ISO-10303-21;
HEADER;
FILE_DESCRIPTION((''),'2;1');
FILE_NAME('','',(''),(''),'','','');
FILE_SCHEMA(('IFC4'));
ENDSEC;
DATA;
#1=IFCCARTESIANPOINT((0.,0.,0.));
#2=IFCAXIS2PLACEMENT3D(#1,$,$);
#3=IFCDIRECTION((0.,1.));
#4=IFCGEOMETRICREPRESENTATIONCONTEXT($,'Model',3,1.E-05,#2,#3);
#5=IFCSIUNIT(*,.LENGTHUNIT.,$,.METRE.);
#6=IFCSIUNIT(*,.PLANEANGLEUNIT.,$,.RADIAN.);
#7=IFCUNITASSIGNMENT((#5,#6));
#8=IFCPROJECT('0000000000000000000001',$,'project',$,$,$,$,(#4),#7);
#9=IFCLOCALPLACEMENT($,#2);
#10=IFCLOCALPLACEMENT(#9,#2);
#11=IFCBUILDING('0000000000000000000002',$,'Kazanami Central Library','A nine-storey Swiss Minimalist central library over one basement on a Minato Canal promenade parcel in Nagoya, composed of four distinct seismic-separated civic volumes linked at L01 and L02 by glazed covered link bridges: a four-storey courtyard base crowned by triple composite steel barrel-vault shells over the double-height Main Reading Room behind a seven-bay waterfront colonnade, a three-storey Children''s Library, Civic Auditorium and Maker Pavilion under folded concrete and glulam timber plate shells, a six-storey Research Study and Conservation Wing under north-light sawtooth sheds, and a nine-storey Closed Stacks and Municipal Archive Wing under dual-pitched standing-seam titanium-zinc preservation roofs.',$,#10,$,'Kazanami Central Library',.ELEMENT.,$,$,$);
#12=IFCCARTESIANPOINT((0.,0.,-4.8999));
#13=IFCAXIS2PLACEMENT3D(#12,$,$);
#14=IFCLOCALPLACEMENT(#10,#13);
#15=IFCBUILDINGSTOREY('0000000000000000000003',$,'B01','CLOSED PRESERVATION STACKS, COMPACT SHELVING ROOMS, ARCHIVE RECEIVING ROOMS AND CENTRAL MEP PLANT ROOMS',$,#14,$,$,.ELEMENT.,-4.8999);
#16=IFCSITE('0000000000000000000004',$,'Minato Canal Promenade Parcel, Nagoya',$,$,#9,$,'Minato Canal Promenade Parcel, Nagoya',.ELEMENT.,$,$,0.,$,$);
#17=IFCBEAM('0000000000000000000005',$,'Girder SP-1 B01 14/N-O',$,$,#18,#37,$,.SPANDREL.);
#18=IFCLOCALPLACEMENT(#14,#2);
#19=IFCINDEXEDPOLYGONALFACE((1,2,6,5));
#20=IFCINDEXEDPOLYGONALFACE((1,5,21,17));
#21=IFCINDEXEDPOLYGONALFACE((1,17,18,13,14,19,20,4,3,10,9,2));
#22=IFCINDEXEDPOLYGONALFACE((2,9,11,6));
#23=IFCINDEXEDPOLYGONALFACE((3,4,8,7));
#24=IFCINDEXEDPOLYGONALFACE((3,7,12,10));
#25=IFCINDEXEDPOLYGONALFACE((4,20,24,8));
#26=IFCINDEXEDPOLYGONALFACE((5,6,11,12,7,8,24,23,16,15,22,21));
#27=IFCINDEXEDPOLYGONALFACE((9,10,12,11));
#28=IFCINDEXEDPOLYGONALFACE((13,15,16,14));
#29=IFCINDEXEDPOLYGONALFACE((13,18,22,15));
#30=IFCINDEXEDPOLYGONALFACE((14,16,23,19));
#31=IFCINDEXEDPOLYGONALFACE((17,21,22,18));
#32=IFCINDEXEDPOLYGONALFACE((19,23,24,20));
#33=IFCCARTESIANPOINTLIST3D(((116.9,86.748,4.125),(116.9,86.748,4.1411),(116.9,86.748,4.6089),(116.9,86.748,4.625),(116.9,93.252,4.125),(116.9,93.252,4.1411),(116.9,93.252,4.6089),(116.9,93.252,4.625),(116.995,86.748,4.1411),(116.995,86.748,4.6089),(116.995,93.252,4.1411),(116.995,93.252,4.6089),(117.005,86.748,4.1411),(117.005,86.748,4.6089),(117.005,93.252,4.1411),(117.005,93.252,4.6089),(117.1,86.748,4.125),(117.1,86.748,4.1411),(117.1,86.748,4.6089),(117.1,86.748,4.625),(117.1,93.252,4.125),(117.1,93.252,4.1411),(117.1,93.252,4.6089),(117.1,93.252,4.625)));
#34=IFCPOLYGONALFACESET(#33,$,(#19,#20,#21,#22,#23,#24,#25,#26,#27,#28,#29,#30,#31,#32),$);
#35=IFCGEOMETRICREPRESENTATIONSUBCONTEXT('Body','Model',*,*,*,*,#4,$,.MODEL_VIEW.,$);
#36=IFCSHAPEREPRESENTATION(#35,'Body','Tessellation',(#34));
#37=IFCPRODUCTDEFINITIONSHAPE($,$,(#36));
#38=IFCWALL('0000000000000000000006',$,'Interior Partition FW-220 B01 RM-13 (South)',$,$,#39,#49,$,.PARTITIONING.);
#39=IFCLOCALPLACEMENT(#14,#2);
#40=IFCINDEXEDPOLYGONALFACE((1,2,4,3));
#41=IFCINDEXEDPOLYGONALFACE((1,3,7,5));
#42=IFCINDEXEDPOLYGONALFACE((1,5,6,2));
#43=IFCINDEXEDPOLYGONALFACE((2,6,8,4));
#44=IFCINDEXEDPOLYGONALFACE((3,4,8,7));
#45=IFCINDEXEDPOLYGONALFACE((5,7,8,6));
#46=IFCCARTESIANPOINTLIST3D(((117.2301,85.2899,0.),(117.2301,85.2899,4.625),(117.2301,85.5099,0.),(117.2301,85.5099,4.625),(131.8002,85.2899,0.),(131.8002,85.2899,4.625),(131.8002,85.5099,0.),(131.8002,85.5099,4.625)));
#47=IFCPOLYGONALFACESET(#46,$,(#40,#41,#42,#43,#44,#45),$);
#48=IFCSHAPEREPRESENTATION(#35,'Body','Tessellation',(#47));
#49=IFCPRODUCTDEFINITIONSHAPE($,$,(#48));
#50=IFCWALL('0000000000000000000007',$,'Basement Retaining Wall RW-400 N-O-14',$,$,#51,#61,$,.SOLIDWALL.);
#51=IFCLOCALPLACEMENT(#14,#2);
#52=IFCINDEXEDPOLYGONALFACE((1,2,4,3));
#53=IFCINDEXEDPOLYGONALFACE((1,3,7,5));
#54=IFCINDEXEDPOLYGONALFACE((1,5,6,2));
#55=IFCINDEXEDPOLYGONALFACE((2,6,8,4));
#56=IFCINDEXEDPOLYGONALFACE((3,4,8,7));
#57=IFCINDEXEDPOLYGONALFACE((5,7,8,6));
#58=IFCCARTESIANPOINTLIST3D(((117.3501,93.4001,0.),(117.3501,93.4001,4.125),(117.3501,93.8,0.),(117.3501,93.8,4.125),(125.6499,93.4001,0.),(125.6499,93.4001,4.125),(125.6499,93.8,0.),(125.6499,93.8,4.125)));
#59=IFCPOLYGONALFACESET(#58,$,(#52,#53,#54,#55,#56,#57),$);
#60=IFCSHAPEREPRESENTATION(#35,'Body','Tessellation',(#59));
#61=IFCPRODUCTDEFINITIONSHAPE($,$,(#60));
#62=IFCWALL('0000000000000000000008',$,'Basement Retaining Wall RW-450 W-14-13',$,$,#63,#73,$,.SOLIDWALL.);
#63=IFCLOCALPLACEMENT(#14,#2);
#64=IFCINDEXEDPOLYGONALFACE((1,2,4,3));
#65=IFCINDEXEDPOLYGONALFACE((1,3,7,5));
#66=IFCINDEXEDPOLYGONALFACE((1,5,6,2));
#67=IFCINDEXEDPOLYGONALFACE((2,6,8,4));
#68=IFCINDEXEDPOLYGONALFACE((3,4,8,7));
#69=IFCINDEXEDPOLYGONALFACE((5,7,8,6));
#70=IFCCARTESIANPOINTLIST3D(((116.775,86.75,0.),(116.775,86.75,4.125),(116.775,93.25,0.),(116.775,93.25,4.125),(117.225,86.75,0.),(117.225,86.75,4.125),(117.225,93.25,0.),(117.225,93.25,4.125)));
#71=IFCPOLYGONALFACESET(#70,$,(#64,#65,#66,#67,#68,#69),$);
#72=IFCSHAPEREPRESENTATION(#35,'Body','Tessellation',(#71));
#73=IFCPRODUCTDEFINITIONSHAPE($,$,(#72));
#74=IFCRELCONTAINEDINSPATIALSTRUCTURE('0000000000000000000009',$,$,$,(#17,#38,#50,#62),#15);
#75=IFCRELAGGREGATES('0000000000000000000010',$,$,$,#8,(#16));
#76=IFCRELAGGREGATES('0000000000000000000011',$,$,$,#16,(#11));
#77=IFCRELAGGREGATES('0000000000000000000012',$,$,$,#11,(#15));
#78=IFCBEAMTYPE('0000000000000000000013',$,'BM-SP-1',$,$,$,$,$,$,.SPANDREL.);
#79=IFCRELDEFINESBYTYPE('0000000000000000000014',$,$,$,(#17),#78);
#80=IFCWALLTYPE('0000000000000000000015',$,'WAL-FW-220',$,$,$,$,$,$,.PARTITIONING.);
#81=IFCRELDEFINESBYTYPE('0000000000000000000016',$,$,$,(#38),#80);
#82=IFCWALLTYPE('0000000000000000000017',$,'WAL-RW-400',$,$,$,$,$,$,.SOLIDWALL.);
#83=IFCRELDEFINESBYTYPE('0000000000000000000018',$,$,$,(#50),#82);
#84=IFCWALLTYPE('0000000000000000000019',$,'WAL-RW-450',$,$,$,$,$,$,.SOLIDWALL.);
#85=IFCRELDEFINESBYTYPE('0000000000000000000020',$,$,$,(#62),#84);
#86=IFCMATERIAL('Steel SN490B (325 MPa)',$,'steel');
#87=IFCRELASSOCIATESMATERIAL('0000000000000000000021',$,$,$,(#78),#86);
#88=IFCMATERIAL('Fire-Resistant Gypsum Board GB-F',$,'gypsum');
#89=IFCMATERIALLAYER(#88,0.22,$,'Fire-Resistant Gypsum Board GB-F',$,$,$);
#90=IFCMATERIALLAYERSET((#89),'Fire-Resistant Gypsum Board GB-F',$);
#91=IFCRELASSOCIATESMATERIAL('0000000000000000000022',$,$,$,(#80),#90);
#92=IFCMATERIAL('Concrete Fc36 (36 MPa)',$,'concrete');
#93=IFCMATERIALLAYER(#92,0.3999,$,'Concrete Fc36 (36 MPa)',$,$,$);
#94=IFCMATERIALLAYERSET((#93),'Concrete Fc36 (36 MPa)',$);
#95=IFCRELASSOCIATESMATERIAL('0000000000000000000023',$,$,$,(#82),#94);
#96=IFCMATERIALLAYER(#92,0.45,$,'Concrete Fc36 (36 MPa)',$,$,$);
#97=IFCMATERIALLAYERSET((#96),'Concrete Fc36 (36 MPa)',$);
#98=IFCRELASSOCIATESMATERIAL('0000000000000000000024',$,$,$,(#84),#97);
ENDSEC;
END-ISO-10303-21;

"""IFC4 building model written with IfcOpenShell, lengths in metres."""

from ifc_helpers import new_model, si_unit, direction, frame, frame_2d, origin, origin_2d, place, context, subcontext, project, spatial, rectangle, i_section, extrude, material, layer, layer_set, material_profile, profile_set, type_object, element, save


model = new_model("IFC4")

# Units and contexts
model_context = context("Model", 3, precision=1e-05, world=origin(), true_north=direction((0.0, 1.0)))
body_context = subcontext(model_context, "Body", "Model", "MODEL_VIEW")
ifc_project = project(units=[si_unit("LENGTHUNIT", "METRE"), si_unit("PLANEANGLEUNIT", "RADIAN")], contexts=[model_context])

# Site, building, storey
site_placement = place(None, origin())
site = spatial("IfcSite", under=ifc_project, at=site_placement, Name="Minato Canal Promenade Parcel, Nagoya", LongName="Minato Canal Promenade Parcel, Nagoya", CompositionType="ELEMENT", RefElevation=0.0)
building_placement = place(site_placement, origin())
building = spatial("IfcBuilding", under=site, at=building_placement, Name="Kazanami Central Library", Description="A nine-storey Swiss Minimalist central library over one basement on a Minato Canal promenade parcel in Nagoya, composed of four distinct seismic-separated civic volumes linked at L01 and L02 by glazed covered link bridges: a four-storey courtyard base crowned by triple composite steel barrel-vault shells over the double-height Main Reading Room behind a seven-bay waterfront colonnade, a three-storey Children's Library, Civic Auditorium and Maker Pavilion under folded concrete and glulam timber plate shells, a six-storey Research Study and Conservation Wing under north-light sawtooth sheds, and a nine-storey Closed Stacks and Municipal Archive Wing under dual-pitched standing-seam titanium-zinc preservation roofs.", LongName="Kazanami Central Library", CompositionType="ELEMENT")
storey_placement = place(building_placement, frame((0.0, 0.0, -4.8999)))
storey = spatial("IfcBuildingStorey", under=building, at=storey_placement, Name="B01", Description="CLOSED PRESERVATION STACKS, COMPACT SHELVING ROOMS, ARCHIVE RECEIVING ROOMS AND CENTRAL MEP PLANT ROOMS", CompositionType="ELEMENT", Elevation=-4.8999)

# Shared definitions
ifc_material_1 = material(Name="Concrete Fc36 (36 MPa)", Category="concrete")

# Beam
ifc_material_2 = material(Name="Steel SN490B (325 MPa)", Category="steel")
ifc_material_profile_1 = material_profile(ifc_material_2, i_section(OverallWidth=0.2, OverallDepth=0.5, WebThickness=0.01, FlangeThickness=0.0161, at=origin_2d()), Name="H-500x200x10x16")
ifc_profile_set_1 = profile_set([ifc_material_profile_1], Name="Steel SN490B (325 MPa)")
beam_type_1 = type_object("IfcBeamType", Name="BM-SP-1", PredefinedType="SPANDREL", material=ifc_profile_set_1)
beam_1_placement = place(storey_placement, frame((117.0, 86.748, 4.375), z_axis=(0.0, 1.0, 0.0), x_axis=(-1.0, 0.0, 0.0)))
element("IfcBeam", 1, at=beam_1_placement, inside=storey, type_object=beam_type_1, Name="Girder SP-1 B01 14/N-O", PredefinedType="SPANDREL", context=body_context, shape_type="SweptSolid", body=[
    extrude(i_section(OverallWidth=0.2, OverallDepth=0.5, WebThickness=0.01, FlangeThickness=0.0161, at=origin_2d()), origin(), (0.0, 0.0, 1.0), 6.5039),
])

# Walls
ifc_material_3 = material(Name="Fire-Resistant Gypsum Board GB-F", Category="gypsum")
ifc_layer_1 = layer(ifc_material_3, 0.22, Name="Fire-Resistant Gypsum Board GB-F")
ifc_layer_set_1 = layer_set([ifc_layer_1], Name="Fire-Resistant Gypsum Board GB-F")
wall_type_1 = type_object("IfcWallType", Name="WAL-FW-220", PredefinedType="PARTITIONING", material=ifc_layer_set_1)
wall_1_placement = place(storey_placement, frame((117.23, 85.3999, 0.0), z_axis=(0.0, 0.0, 1.0), x_axis=(1.0, 0.0, 0.0)))
element("IfcWall", 2, at=wall_1_placement, inside=storey, type_object=wall_type_1, Name="Interior Partition FW-220 B01 RM-13 (South)", PredefinedType="PARTITIONING", context=body_context, shape_type="SweptSolid", body=[
    extrude(rectangle(XDim=14.5701, YDim=0.22, at=frame_2d((7.2852, 0.0))), origin(), (0.0, 0.0, 1.0), 4.625),
])
ifc_layer_2 = layer(ifc_material_1, 0.3999, Name="Concrete Fc36 (36 MPa)")
ifc_layer_set_2 = layer_set([ifc_layer_2], Name="Concrete Fc36 (36 MPa)")
wall_type_2 = type_object("IfcWallType", Name="WAL-RW-400", PredefinedType="SOLIDWALL", material=ifc_layer_set_2)
wall_2_placement = place(storey_placement, frame((125.6499, 93.6001, 0.0), z_axis=(0.0, 0.0, 1.0), x_axis=(-1.0, 0.0, 0.0)))
element("IfcWall", 3, at=wall_2_placement, inside=storey, type_object=wall_type_2, Name="Basement Retaining Wall RW-400 N-O-14", PredefinedType="SOLIDWALL", context=body_context, shape_type="SweptSolid", body=[
    extrude(rectangle(XDim=8.2998, YDim=0.3999, at=frame_2d((4.1499, 0.0))), origin(), (0.0, 0.0, 1.0), 4.125),
])
ifc_layer_3 = layer(ifc_material_1, 0.45, Name="Concrete Fc36 (36 MPa)")
ifc_layer_set_3 = layer_set([ifc_layer_3], Name="Concrete Fc36 (36 MPa)")
wall_type_3 = type_object("IfcWallType", Name="WAL-RW-450", PredefinedType="SOLIDWALL", material=ifc_layer_set_3)
wall_3_placement = place(storey_placement, frame((117.0, 86.75, 0.0), z_axis=(0.0, 0.0, 1.0), x_axis=(0.0, 1.0, 0.0)))
element("IfcWall", 4, at=wall_3_placement, inside=storey, type_object=wall_type_3, Name="Basement Retaining Wall RW-450 W-14-13", PredefinedType="SOLIDWALL", context=body_context, shape_type="SweptSolid", body=[
    extrude(rectangle(XDim=6.5, YDim=0.45, at=frame_2d((3.25, 0.0))), origin(), (0.0, 0.0, 1.0), 4.125),
])

save(model, "model.ifc")
